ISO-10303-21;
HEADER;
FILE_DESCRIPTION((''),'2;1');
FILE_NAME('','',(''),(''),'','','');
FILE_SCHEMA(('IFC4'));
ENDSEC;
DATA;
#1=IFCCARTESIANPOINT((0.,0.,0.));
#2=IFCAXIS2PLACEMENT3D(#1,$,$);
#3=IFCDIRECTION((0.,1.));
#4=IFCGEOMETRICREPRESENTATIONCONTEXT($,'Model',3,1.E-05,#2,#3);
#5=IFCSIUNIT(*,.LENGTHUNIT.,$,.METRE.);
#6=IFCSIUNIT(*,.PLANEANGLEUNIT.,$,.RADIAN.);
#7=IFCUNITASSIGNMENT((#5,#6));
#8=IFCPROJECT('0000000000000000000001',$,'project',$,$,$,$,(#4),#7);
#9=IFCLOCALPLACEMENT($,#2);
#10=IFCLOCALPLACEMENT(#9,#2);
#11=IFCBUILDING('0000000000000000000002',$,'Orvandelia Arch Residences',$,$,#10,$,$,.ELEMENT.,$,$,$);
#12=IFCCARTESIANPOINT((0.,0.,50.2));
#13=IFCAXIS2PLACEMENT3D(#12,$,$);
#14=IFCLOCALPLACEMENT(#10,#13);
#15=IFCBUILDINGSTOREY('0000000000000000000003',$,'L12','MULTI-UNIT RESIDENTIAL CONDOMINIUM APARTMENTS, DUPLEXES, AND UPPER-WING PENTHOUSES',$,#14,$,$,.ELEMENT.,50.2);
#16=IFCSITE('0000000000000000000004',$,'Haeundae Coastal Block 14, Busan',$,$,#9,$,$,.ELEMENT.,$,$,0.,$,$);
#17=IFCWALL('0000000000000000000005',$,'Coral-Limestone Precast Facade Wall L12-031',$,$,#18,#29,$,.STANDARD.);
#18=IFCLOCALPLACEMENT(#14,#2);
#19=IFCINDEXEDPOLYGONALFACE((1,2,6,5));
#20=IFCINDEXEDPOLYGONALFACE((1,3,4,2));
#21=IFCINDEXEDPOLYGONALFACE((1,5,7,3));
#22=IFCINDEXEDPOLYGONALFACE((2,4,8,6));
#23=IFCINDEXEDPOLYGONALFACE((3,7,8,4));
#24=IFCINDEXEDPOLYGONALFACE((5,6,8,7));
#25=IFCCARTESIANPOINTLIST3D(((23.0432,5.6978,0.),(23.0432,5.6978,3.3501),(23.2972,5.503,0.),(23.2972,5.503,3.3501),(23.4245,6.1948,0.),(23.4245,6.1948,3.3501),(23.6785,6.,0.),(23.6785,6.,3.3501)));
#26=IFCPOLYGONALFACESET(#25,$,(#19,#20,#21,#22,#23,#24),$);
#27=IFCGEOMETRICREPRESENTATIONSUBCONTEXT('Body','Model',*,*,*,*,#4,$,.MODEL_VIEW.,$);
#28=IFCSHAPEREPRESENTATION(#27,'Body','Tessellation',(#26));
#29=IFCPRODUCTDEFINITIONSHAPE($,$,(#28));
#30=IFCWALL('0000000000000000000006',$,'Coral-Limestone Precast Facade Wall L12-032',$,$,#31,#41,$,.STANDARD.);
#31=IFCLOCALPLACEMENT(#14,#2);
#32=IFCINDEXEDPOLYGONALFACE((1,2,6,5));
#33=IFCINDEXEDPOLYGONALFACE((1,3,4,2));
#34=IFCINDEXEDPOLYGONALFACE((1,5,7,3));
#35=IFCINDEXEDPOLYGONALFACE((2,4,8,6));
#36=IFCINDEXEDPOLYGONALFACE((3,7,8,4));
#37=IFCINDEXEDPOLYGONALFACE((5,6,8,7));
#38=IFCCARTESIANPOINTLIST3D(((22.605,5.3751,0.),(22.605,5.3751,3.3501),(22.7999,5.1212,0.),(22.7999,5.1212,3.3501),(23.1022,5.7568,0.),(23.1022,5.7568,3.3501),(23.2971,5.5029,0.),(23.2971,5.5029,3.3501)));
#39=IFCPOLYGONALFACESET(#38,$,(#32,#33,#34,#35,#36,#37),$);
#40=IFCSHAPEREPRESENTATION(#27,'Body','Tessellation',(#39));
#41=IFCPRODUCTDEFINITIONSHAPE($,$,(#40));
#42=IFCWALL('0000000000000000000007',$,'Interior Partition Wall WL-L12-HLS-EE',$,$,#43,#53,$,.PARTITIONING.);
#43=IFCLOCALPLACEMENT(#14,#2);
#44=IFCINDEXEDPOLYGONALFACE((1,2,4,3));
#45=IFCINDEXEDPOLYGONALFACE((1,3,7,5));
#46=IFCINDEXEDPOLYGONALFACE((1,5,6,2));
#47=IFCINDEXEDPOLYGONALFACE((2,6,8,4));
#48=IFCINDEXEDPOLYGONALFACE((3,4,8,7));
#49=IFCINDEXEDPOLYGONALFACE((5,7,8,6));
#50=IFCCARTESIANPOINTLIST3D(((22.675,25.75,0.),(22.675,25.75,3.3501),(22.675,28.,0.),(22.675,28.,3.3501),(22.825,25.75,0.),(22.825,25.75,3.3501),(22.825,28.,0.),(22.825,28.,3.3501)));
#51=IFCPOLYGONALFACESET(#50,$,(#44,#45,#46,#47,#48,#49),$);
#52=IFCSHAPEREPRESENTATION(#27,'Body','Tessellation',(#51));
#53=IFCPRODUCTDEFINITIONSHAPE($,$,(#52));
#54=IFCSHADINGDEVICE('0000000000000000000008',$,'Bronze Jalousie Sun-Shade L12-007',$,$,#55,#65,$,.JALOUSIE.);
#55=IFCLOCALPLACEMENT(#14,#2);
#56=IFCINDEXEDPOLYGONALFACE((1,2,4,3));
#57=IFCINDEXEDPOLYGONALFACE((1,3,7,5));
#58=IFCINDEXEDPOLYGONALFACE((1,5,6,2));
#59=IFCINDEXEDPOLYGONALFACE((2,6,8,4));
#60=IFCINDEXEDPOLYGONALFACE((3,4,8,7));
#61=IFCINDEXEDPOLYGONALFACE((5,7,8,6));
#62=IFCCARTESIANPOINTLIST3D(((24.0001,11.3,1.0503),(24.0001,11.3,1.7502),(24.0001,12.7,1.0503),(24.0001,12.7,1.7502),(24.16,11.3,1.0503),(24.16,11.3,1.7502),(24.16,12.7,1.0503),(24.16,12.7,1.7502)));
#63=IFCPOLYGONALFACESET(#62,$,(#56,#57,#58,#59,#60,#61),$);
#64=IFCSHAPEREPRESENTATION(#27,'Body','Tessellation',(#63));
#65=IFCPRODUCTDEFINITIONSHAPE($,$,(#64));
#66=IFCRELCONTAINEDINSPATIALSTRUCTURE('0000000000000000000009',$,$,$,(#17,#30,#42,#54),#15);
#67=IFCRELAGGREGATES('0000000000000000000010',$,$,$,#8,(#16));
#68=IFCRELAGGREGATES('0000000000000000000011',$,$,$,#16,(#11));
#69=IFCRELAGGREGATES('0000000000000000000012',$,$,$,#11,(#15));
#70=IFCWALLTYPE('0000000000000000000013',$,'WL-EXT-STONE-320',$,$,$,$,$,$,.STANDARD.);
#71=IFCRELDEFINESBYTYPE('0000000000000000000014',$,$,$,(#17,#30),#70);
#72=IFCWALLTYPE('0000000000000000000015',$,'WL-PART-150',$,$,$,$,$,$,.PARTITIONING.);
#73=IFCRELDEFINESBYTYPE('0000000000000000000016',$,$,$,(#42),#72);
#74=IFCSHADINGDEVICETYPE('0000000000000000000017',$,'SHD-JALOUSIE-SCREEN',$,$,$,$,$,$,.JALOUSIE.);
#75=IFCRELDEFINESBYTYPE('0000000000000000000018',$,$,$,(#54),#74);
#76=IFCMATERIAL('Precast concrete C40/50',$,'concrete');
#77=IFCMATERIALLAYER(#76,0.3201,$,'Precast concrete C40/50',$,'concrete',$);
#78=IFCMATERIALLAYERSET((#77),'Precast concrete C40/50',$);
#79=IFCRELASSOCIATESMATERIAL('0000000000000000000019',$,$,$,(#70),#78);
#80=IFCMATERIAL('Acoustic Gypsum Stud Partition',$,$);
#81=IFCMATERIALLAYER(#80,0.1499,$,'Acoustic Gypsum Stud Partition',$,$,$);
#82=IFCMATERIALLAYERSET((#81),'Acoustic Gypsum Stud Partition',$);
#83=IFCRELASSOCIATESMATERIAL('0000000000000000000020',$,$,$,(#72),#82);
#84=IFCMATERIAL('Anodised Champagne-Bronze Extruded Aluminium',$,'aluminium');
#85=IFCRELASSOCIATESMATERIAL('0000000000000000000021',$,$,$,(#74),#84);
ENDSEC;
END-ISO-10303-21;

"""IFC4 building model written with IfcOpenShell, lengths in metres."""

from ifc_helpers import new_model, si_unit, direction, frame, frame_2d, origin, origin_2d, place, context, subcontext, project, spatial, rectangle, extrude, material, layer, layer_set, type_object, element, save


model = new_model("IFC4")

# Units and contexts
model_context = context("Model", 3, precision=1e-05, world=origin(), true_north=direction((0.0, 1.0)))
body_context = subcontext(model_context, "Body", "Model", "MODEL_VIEW")
ifc_project = project(units=[si_unit("LENGTHUNIT", "METRE"), si_unit("PLANEANGLEUNIT", "RADIAN")], contexts=[model_context])

# Site, building, storey
site_placement = place(None, origin())
site = spatial("IfcSite", under=ifc_project, at=site_placement, Name="Haeundae Coastal Block 14, Busan", CompositionType="ELEMENT", RefElevation=0.0)
building_placement = place(site_placement, origin())
building = spatial("IfcBuilding", under=site, at=building_placement, Name="Orvandelia Arch Residences", CompositionType="ELEMENT")
storey_placement = place(building_placement, frame((0.0, 0.0, 50.2)))
storey = spatial("IfcBuildingStorey", under=building, at=storey_placement, Name="L12", Description="MULTI-UNIT RESIDENTIAL CONDOMINIUM APARTMENTS, DUPLEXES, AND UPPER-WING PENTHOUSES", CompositionType="ELEMENT", Elevation=50.2)

# Shared definitions
ifc_material_1 = material(Name="Precast concrete C40/50", Category="concrete")
ifc_layer_1 = layer(ifc_material_1, 0.3201, Name="Precast concrete C40/50", Category="concrete")
ifc_layer_set_1 = layer_set([ifc_layer_1], Name="Precast concrete C40/50")
wall_type_1 = type_object("IfcWallType", Name="WL-EXT-STONE-320", PredefinedType="STANDARD", material=ifc_layer_set_1)

# Walls
wall_1_placement = place(storey_placement, frame((23.5515, 6.0974, 0.0), z_axis=(0.0, 0.0, 1.0), x_axis=(-0.608693, -0.793406, 0.0)))
element("IfcWall", 1, at=wall_1_placement, inside=storey, type_object=wall_type_1, Name="Coral-Limestone Precast Facade Wall L12-031", PredefinedType="STANDARD", context=body_context, shape_type="SweptSolid", body=[
    extrude(rectangle(XDim=0.6265, YDim=0.3201, at=frame_2d((0.3132, 0.0))), origin(), (0.0, 0.0, 1.0), 3.3501),
])
wall_2_placement = place(storey_placement, frame((23.1997, 5.6299, 0.0), z_axis=(0.0, 0.0, 1.0), x_axis=(-0.793217, -0.608939, 0.0)))
element("IfcWall", 2, at=wall_2_placement, inside=storey, type_object=wall_type_1, Name="Coral-Limestone Precast Facade Wall L12-032", PredefinedType="STANDARD", context=body_context, shape_type="SweptSolid", body=[
    extrude(rectangle(XDim=0.6267, YDim=0.3201, at=frame_2d((0.3135, 0.0))), origin(), (0.0, 0.0, 1.0), 3.3501),
])
ifc_material_2 = material(Name="Acoustic Gypsum Stud Partition")
ifc_layer_2 = layer(ifc_material_2, 0.1499, Name="Acoustic Gypsum Stud Partition")
ifc_layer_set_2 = layer_set([ifc_layer_2], Name="Acoustic Gypsum Stud Partition")
wall_type_2 = type_object("IfcWallType", Name="WL-PART-150", PredefinedType="PARTITIONING", material=ifc_layer_set_2)
wall_3_placement = place(storey_placement, frame((22.75, 25.75, 0.0), z_axis=(0.0, 0.0, 1.0), x_axis=(0.0, 1.0, 0.0)))
element("IfcWall", 3, at=wall_3_placement, inside=storey, type_object=wall_type_2, Name="Interior Partition Wall WL-L12-HLS-EE", PredefinedType="PARTITIONING", context=body_context, shape_type="SweptSolid", body=[
    extrude(rectangle(XDim=2.25, YDim=0.1499, at=frame_2d((1.125, 0.0))), origin(), (0.0, 0.0, 1.0), 3.3501),
])

# Shading device
ifc_material_3 = material(Name="Anodised Champagne-Bronze Extruded Aluminium", Category="aluminium")
shading_device_type = type_object("IfcShadingDeviceType", Name="SHD-JALOUSIE-SCREEN", PredefinedType="JALOUSIE", material=ifc_material_3)
shading_device_placement = place(storey_placement, frame((24.0801, 12.0, 1.0503), z_axis=(0.0, 0.0, 1.0), x_axis=(0.0, -1.0, 0.0)))
element("IfcShadingDevice", 4, at=shading_device_placement, inside=storey, type_object=shading_device_type, Name="Bronze Jalousie Sun-Shade L12-007", PredefinedType="JALOUSIE", context=body_context, shape_type="SweptSolid", body=[
    extrude(rectangle(XDim=1.3999, YDim=0.1599, at=origin_2d()), origin(), (0.0, 0.0, 1.0), 0.7),
])

save(model, "model.ifc")
